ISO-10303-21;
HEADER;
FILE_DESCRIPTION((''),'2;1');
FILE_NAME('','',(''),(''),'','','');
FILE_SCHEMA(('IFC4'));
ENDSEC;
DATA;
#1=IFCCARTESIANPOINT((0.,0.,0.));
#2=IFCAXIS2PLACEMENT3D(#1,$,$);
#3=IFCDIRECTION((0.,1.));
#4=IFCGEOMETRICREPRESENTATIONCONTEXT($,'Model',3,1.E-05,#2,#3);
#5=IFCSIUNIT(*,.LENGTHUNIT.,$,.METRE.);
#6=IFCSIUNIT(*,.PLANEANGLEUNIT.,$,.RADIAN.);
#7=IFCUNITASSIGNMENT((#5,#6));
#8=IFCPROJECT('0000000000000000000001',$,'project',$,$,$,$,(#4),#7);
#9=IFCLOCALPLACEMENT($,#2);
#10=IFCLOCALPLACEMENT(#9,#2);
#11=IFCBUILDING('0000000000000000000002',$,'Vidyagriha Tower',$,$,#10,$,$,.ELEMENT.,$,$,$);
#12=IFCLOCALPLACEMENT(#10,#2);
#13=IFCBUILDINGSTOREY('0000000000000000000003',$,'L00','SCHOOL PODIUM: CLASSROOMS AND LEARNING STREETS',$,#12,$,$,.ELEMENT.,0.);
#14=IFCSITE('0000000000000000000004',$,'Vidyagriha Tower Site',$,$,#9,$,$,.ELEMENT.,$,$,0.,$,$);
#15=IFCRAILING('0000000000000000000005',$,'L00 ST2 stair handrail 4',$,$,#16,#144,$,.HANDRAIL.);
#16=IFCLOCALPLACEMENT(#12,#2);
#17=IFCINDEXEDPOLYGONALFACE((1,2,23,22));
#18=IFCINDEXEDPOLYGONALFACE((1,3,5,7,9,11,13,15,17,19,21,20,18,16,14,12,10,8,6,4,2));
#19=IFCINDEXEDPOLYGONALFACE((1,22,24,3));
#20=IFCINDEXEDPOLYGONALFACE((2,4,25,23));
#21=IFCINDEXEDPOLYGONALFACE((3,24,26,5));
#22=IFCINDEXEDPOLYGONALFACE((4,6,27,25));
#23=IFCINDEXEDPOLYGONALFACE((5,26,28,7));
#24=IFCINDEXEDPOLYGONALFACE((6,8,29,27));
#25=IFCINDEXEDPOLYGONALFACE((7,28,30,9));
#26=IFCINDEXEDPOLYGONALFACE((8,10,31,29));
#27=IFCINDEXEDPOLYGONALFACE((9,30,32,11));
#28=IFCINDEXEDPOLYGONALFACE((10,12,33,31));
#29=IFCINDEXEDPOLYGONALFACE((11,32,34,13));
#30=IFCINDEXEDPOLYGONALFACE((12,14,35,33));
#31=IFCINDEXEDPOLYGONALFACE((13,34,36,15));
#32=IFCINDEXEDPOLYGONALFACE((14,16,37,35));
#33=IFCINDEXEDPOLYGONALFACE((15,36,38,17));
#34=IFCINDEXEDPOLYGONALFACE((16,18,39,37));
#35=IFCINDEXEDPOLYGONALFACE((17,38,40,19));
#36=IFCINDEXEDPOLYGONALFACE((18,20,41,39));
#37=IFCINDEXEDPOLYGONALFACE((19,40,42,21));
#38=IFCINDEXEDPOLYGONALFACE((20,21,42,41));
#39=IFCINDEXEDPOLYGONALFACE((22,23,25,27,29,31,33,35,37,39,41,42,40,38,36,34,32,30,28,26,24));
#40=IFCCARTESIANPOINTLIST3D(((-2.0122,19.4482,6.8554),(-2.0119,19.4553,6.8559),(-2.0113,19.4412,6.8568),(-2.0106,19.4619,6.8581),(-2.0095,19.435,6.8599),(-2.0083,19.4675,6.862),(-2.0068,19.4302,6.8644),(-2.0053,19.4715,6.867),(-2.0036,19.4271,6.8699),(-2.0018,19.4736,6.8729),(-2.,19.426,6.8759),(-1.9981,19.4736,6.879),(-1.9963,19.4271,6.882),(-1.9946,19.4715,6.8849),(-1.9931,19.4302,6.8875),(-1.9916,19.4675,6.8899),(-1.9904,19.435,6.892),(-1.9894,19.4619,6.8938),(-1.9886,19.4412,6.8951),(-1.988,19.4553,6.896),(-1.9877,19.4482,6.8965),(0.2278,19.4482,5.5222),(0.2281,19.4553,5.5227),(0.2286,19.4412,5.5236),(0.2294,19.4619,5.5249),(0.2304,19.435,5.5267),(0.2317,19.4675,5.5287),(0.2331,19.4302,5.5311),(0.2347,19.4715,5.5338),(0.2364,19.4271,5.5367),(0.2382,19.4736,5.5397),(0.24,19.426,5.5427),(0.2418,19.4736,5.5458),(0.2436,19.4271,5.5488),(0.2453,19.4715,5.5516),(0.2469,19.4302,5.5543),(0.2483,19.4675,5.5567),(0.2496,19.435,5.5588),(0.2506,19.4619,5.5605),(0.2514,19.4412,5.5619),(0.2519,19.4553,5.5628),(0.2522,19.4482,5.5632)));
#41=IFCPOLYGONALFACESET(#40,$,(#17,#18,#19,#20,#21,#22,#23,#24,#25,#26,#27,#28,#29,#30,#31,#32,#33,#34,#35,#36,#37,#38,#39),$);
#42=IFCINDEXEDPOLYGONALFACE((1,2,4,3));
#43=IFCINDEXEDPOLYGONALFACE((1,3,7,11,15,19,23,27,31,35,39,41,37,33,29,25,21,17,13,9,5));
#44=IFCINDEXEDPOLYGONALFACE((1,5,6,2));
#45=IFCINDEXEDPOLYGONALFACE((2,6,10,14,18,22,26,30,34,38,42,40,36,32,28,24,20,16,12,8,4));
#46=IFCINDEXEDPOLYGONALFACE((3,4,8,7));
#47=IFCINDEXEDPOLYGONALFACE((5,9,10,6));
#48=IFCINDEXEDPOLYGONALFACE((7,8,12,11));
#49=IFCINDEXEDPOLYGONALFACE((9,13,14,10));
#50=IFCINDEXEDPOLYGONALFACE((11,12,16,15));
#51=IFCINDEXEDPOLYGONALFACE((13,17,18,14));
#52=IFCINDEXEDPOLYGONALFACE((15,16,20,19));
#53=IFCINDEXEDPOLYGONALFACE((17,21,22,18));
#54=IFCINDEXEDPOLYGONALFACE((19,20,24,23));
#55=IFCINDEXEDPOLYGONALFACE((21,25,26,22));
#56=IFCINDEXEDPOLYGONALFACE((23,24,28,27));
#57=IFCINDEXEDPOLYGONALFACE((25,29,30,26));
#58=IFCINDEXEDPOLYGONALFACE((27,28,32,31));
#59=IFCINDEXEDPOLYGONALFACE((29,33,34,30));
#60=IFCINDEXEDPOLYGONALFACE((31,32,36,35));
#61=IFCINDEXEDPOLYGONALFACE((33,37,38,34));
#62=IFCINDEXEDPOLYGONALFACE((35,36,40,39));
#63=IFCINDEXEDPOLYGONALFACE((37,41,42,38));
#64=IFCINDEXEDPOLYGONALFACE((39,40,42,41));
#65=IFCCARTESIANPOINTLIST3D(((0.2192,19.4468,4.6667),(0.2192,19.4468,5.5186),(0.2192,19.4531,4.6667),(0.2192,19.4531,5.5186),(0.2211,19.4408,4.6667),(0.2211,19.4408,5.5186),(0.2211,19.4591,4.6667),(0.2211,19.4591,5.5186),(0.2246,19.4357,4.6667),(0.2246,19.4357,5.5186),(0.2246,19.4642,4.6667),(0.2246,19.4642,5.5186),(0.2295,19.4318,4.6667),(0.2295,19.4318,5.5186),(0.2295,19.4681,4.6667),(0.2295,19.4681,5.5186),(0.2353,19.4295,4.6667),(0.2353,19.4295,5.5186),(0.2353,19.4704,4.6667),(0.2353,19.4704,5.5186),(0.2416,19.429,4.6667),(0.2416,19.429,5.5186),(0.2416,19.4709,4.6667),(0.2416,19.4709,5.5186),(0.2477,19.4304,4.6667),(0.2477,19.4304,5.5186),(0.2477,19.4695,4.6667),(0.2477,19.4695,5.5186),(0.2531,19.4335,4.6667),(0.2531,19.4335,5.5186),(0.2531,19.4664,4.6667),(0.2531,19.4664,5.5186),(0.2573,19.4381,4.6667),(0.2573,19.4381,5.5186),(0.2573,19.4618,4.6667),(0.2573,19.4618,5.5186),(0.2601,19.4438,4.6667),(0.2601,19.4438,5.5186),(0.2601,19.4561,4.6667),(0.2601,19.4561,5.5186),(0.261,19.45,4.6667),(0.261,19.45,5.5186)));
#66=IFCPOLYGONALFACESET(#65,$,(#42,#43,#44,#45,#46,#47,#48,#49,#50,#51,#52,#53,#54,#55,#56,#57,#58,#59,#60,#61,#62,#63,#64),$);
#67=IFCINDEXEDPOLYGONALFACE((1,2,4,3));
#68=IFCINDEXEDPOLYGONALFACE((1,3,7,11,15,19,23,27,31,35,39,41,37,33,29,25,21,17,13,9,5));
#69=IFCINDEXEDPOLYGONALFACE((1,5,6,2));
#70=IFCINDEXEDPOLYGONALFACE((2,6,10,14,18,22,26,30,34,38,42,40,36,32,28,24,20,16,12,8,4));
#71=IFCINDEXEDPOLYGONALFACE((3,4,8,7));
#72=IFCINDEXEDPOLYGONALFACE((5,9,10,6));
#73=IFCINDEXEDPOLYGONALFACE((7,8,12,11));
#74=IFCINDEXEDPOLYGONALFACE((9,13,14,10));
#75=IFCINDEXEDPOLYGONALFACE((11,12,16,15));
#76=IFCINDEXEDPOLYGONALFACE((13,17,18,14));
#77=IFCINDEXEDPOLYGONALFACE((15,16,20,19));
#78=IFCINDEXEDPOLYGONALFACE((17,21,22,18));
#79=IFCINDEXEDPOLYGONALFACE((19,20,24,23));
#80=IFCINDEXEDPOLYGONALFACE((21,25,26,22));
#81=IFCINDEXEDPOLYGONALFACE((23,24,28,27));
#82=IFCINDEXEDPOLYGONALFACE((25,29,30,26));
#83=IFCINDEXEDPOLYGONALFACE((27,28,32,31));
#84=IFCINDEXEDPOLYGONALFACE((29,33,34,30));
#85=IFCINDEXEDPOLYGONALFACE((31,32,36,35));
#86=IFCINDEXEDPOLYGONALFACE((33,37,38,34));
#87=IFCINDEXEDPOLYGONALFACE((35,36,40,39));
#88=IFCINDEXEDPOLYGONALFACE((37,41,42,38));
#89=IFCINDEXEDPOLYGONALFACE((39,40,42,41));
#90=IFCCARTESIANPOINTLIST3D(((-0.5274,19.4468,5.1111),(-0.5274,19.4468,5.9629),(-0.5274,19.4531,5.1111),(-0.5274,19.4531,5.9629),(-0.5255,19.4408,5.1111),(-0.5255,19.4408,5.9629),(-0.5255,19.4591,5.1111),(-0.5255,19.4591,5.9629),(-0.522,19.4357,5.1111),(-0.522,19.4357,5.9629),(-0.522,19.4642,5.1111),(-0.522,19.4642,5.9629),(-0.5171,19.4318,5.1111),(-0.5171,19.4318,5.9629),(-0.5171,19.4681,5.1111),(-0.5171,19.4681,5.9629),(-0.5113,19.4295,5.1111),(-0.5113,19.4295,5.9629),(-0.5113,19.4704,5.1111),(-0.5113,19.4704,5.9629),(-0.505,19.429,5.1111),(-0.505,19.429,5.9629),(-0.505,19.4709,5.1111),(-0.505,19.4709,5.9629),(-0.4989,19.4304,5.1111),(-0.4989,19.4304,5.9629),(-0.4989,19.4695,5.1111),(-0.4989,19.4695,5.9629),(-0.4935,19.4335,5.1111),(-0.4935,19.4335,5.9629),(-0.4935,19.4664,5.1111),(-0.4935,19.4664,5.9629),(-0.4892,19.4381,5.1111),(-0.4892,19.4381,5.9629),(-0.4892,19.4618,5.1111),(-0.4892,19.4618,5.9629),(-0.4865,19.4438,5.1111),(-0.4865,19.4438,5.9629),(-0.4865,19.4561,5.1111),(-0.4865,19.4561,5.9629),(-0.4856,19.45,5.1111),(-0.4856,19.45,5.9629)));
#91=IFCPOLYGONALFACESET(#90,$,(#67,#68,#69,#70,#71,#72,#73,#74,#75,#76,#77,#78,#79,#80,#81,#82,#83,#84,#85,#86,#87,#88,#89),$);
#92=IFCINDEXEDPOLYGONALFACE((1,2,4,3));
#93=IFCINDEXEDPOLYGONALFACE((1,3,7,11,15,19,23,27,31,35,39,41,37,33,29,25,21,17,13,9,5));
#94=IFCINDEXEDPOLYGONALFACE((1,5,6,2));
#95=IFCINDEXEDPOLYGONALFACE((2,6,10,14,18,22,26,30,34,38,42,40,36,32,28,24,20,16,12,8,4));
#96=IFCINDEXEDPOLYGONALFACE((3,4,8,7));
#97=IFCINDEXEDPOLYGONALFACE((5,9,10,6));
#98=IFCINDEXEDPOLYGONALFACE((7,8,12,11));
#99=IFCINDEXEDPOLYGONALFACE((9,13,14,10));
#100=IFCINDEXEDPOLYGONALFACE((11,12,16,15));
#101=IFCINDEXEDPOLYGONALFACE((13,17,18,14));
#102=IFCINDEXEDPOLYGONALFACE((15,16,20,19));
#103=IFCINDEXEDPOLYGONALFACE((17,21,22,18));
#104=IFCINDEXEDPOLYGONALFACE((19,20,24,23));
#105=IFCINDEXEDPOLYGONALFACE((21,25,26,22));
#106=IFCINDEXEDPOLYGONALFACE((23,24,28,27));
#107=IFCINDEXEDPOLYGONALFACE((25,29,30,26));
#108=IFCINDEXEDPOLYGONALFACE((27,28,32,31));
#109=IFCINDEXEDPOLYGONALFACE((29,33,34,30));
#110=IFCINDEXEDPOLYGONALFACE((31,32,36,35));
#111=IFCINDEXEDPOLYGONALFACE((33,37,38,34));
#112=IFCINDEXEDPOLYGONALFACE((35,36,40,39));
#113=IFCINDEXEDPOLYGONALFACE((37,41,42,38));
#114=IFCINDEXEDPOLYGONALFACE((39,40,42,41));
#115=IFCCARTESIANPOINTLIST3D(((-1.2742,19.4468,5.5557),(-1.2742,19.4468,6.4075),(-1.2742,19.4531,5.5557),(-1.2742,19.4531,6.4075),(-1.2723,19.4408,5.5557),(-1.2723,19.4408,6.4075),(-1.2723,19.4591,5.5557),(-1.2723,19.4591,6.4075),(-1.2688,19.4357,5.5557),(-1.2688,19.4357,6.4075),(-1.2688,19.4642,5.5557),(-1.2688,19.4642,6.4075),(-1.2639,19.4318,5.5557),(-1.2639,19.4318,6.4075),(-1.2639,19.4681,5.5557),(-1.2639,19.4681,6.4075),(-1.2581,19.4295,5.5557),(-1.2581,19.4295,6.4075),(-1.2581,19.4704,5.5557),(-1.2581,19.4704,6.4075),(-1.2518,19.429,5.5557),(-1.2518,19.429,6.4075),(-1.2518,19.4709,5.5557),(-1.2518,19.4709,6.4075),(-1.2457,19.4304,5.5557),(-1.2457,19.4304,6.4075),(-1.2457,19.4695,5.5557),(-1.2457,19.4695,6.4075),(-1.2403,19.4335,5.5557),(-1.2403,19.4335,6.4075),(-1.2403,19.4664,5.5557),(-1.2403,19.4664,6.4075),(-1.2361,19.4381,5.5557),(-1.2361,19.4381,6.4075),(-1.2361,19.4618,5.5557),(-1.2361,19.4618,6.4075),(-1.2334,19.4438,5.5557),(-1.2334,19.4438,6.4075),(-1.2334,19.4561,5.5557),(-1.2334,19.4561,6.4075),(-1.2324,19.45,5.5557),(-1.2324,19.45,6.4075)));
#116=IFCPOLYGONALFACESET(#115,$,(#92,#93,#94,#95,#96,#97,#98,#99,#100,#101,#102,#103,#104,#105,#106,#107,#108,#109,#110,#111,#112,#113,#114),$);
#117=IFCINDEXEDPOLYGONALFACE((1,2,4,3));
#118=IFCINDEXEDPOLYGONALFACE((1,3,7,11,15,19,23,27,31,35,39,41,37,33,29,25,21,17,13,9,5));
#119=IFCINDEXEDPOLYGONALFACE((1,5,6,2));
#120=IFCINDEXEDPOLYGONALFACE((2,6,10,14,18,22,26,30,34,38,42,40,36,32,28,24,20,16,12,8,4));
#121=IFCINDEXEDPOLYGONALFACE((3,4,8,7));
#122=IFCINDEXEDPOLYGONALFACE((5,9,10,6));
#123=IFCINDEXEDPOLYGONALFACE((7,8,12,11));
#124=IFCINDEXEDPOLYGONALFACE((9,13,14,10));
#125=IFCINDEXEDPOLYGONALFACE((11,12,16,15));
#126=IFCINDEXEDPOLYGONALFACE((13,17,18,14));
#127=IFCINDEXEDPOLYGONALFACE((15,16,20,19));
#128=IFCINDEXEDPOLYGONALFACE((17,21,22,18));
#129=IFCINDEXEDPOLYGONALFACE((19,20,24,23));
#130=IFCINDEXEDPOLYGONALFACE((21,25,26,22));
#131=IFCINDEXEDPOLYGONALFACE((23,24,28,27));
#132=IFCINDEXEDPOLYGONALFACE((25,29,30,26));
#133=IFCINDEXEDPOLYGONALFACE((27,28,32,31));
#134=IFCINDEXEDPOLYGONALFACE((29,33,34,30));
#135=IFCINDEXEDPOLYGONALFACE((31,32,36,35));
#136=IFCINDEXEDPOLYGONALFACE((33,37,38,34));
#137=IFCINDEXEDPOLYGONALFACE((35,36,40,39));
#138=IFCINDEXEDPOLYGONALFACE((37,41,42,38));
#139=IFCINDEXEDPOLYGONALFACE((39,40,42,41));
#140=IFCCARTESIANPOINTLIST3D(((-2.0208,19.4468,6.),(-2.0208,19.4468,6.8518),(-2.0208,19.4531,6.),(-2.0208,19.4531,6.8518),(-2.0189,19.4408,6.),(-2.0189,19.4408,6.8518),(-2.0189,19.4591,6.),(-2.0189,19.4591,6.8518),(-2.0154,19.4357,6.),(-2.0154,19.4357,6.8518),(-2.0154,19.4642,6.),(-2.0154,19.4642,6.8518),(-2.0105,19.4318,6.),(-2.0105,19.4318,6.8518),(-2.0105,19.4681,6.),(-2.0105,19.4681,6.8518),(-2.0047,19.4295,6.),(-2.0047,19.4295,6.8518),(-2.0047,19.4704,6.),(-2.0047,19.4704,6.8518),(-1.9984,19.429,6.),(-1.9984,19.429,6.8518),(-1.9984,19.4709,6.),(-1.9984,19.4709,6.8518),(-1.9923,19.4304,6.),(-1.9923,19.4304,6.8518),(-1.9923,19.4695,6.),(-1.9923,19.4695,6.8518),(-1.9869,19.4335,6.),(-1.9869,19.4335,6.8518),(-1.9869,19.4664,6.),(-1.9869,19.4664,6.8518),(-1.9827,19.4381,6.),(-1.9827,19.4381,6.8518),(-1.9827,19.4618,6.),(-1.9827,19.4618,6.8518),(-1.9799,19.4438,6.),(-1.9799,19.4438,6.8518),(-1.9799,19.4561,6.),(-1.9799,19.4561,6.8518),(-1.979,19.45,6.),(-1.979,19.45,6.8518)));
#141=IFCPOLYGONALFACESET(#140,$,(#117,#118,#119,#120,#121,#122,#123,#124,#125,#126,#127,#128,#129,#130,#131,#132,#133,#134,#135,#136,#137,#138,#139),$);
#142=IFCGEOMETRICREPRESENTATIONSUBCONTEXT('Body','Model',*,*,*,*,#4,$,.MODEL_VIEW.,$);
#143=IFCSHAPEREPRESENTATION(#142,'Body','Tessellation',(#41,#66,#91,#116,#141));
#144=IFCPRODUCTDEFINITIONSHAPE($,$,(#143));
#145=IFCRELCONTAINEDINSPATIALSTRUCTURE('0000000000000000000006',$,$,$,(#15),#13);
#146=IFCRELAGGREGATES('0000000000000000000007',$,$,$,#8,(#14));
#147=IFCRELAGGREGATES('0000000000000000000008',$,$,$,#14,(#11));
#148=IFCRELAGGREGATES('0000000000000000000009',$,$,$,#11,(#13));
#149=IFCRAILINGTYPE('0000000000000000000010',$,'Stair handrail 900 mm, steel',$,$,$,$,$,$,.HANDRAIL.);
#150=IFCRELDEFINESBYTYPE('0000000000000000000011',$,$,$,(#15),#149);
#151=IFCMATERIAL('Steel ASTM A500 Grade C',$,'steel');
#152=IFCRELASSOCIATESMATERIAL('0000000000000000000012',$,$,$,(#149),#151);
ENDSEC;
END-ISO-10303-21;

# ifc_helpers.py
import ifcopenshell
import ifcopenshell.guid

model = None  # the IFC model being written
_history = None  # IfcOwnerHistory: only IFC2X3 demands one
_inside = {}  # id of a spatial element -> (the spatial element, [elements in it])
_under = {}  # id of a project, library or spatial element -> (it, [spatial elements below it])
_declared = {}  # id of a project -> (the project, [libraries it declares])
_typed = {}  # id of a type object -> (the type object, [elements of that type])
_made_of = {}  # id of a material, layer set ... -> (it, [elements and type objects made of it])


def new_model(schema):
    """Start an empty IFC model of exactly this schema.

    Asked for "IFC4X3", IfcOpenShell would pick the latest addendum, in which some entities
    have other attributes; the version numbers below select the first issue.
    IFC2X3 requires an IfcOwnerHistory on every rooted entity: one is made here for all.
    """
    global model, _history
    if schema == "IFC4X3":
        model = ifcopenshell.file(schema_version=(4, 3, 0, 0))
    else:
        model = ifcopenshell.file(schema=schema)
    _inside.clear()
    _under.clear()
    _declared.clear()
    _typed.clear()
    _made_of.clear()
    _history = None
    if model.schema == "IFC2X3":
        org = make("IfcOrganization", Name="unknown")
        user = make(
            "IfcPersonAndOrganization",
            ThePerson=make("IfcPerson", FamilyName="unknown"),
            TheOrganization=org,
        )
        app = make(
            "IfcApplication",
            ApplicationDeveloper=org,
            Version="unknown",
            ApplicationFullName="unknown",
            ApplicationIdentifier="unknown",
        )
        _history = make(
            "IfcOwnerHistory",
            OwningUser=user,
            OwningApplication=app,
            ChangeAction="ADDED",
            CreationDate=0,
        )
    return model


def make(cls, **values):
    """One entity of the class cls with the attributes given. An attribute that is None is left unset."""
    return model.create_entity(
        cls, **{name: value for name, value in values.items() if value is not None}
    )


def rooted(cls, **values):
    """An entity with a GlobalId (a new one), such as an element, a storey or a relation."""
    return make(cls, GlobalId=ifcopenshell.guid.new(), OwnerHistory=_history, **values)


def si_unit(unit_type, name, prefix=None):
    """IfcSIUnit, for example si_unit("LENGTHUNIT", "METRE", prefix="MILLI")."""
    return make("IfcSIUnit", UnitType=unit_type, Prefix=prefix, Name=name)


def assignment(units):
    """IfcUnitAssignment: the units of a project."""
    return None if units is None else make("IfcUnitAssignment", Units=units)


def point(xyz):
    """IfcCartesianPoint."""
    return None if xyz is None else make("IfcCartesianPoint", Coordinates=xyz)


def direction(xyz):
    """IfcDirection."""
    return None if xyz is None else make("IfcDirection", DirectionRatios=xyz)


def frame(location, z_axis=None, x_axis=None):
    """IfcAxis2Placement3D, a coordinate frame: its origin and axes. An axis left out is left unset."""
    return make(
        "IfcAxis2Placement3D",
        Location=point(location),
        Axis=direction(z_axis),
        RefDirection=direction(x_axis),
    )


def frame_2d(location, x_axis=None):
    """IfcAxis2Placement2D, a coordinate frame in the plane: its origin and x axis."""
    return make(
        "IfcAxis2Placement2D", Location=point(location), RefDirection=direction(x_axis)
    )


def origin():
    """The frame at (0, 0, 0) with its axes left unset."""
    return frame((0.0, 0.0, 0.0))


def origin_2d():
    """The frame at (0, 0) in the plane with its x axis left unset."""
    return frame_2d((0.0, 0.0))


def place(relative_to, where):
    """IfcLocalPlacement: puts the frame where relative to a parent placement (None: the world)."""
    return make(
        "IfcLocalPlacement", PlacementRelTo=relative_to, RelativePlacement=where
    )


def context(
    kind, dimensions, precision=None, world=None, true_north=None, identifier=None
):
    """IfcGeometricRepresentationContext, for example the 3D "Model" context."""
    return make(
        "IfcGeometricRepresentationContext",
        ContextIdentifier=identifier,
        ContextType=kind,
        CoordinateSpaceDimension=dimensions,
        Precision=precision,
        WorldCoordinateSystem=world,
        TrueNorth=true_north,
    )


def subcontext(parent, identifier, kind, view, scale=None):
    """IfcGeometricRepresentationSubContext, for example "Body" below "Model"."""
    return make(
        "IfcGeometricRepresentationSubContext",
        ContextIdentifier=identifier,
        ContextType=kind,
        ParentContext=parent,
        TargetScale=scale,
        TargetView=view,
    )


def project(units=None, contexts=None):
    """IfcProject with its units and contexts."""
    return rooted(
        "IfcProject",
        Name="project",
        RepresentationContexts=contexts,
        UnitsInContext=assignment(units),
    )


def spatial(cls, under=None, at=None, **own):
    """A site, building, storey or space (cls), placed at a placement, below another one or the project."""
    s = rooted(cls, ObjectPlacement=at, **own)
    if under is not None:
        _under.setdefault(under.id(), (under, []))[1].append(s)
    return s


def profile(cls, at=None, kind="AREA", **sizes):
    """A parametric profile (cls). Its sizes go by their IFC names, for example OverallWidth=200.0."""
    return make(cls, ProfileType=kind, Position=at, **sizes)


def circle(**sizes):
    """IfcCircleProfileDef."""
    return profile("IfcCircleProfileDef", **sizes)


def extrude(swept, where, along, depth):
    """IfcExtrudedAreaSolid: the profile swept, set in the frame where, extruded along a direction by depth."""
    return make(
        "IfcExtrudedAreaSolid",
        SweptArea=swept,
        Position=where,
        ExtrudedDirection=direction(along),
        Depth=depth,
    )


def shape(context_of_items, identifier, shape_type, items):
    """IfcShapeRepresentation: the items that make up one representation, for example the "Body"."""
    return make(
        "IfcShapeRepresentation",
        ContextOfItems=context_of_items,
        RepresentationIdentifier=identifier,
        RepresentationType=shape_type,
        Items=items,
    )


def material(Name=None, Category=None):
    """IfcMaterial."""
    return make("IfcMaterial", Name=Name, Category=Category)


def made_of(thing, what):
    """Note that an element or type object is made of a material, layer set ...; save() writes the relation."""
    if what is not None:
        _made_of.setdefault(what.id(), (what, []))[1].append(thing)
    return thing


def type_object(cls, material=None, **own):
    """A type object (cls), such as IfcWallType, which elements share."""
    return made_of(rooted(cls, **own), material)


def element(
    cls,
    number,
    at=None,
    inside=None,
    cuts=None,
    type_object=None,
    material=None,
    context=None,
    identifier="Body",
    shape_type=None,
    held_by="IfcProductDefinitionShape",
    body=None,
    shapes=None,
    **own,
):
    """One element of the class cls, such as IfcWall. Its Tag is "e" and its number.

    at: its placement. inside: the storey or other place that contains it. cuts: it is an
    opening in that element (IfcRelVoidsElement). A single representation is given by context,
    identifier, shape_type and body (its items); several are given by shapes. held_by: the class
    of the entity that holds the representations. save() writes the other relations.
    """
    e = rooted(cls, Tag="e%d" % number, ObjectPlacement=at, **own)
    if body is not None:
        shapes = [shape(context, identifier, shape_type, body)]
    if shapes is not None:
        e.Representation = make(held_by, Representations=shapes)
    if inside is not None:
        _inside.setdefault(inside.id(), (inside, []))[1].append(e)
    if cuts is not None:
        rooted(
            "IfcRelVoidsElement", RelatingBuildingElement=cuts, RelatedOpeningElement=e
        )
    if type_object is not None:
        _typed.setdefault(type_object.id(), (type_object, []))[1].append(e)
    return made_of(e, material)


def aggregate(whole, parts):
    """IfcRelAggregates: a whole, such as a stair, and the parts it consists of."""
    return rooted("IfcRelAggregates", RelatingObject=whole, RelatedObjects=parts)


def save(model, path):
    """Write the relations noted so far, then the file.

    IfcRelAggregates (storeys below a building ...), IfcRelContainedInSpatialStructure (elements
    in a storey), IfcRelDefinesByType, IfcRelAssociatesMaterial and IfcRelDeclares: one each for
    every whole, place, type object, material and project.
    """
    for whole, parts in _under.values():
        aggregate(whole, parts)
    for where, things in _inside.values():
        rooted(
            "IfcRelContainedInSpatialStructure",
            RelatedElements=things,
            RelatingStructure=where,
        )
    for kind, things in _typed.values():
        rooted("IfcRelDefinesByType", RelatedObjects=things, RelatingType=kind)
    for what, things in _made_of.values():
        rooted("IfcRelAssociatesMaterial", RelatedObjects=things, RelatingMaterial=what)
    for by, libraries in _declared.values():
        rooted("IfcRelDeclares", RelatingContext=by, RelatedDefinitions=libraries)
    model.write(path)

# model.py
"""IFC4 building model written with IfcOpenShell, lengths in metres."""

from ifc_helpers import new_model, si_unit, direction, frame, origin, origin_2d, place, context, subcontext, project, spatial, circle, extrude, material, type_object, element, save


model = new_model("IFC4")

# Units and contexts
model_context = context("Model", 3, precision=1e-05, world=origin(), true_north=direction((0.0, 1.0)))
body_context = subcontext(model_context, "Body", "Model", "MODEL_VIEW")
ifc_project = project(units=[si_unit("LENGTHUNIT", "METRE"), si_unit("PLANEANGLEUNIT", "RADIAN")], contexts=[model_context])

# Site, building, storey
site_placement = place(None, origin())
site = spatial("IfcSite", under=ifc_project, at=site_placement, Name="Vidyagriha Tower Site", CompositionType="ELEMENT", RefElevation=0.0)
building_placement = place(site_placement, origin())
building = spatial("IfcBuilding", under=site, at=building_placement, Name="Vidyagriha Tower", CompositionType="ELEMENT")
storey_placement = place(building_placement, origin())
storey = spatial("IfcBuildingStorey", under=building, at=storey_placement, Name="L00", Description="SCHOOL PODIUM: CLASSROOMS AND LEARNING STREETS", CompositionType="ELEMENT", Elevation=0.0)

# Railing
ifc_material_1 = material(Name="Steel ASTM A500 Grade C", Category="steel")
railing_type_1 = type_object("IfcRailingType", Name="Stair handrail 900 mm, steel", PredefinedType="HANDRAIL", material=ifc_material_1)
for number, where, name in (
    (1, (0.24, 19.45, 4.6667), "L00 ST2 stair handrail 4"),
):
    element("IfcRailing", number, at=place(storey_placement, frame(where)), inside=storey, type_object=railing_type_1, Name=name, PredefinedType="HANDRAIL", context=body_context, shape_type="SweptSolid", body=[
        extrude(circle(Radius=0.0239, at=origin_2d()), frame((0.0, 0.0, 0.876), z_axis=(-0.859306, 0.0, 0.511462), x_axis=(0.0, -1.0, 0.0)), (0.0, 0.0, 1.0), 2.6067),
        extrude(circle(Radius=0.021, at=origin_2d()), origin(), (0.0, 0.0, 1.0), 0.8518),
        extrude(circle(Radius=0.021, at=origin_2d()), frame((-0.7466, 0.0, 0.4443)), (0.0, 0.0, 1.0), 0.8518),
        extrude(circle(Radius=0.021, at=origin_2d()), frame((-1.4934, 0.0, 0.8889)), (0.0, 0.0, 1.0), 0.8518),
        extrude(circle(Radius=0.021, at=origin_2d()), frame((-2.24, 0.0, 1.3333)), (0.0, 0.0, 1.0), 0.8518),
    ])

save(model, "model.ifc")
